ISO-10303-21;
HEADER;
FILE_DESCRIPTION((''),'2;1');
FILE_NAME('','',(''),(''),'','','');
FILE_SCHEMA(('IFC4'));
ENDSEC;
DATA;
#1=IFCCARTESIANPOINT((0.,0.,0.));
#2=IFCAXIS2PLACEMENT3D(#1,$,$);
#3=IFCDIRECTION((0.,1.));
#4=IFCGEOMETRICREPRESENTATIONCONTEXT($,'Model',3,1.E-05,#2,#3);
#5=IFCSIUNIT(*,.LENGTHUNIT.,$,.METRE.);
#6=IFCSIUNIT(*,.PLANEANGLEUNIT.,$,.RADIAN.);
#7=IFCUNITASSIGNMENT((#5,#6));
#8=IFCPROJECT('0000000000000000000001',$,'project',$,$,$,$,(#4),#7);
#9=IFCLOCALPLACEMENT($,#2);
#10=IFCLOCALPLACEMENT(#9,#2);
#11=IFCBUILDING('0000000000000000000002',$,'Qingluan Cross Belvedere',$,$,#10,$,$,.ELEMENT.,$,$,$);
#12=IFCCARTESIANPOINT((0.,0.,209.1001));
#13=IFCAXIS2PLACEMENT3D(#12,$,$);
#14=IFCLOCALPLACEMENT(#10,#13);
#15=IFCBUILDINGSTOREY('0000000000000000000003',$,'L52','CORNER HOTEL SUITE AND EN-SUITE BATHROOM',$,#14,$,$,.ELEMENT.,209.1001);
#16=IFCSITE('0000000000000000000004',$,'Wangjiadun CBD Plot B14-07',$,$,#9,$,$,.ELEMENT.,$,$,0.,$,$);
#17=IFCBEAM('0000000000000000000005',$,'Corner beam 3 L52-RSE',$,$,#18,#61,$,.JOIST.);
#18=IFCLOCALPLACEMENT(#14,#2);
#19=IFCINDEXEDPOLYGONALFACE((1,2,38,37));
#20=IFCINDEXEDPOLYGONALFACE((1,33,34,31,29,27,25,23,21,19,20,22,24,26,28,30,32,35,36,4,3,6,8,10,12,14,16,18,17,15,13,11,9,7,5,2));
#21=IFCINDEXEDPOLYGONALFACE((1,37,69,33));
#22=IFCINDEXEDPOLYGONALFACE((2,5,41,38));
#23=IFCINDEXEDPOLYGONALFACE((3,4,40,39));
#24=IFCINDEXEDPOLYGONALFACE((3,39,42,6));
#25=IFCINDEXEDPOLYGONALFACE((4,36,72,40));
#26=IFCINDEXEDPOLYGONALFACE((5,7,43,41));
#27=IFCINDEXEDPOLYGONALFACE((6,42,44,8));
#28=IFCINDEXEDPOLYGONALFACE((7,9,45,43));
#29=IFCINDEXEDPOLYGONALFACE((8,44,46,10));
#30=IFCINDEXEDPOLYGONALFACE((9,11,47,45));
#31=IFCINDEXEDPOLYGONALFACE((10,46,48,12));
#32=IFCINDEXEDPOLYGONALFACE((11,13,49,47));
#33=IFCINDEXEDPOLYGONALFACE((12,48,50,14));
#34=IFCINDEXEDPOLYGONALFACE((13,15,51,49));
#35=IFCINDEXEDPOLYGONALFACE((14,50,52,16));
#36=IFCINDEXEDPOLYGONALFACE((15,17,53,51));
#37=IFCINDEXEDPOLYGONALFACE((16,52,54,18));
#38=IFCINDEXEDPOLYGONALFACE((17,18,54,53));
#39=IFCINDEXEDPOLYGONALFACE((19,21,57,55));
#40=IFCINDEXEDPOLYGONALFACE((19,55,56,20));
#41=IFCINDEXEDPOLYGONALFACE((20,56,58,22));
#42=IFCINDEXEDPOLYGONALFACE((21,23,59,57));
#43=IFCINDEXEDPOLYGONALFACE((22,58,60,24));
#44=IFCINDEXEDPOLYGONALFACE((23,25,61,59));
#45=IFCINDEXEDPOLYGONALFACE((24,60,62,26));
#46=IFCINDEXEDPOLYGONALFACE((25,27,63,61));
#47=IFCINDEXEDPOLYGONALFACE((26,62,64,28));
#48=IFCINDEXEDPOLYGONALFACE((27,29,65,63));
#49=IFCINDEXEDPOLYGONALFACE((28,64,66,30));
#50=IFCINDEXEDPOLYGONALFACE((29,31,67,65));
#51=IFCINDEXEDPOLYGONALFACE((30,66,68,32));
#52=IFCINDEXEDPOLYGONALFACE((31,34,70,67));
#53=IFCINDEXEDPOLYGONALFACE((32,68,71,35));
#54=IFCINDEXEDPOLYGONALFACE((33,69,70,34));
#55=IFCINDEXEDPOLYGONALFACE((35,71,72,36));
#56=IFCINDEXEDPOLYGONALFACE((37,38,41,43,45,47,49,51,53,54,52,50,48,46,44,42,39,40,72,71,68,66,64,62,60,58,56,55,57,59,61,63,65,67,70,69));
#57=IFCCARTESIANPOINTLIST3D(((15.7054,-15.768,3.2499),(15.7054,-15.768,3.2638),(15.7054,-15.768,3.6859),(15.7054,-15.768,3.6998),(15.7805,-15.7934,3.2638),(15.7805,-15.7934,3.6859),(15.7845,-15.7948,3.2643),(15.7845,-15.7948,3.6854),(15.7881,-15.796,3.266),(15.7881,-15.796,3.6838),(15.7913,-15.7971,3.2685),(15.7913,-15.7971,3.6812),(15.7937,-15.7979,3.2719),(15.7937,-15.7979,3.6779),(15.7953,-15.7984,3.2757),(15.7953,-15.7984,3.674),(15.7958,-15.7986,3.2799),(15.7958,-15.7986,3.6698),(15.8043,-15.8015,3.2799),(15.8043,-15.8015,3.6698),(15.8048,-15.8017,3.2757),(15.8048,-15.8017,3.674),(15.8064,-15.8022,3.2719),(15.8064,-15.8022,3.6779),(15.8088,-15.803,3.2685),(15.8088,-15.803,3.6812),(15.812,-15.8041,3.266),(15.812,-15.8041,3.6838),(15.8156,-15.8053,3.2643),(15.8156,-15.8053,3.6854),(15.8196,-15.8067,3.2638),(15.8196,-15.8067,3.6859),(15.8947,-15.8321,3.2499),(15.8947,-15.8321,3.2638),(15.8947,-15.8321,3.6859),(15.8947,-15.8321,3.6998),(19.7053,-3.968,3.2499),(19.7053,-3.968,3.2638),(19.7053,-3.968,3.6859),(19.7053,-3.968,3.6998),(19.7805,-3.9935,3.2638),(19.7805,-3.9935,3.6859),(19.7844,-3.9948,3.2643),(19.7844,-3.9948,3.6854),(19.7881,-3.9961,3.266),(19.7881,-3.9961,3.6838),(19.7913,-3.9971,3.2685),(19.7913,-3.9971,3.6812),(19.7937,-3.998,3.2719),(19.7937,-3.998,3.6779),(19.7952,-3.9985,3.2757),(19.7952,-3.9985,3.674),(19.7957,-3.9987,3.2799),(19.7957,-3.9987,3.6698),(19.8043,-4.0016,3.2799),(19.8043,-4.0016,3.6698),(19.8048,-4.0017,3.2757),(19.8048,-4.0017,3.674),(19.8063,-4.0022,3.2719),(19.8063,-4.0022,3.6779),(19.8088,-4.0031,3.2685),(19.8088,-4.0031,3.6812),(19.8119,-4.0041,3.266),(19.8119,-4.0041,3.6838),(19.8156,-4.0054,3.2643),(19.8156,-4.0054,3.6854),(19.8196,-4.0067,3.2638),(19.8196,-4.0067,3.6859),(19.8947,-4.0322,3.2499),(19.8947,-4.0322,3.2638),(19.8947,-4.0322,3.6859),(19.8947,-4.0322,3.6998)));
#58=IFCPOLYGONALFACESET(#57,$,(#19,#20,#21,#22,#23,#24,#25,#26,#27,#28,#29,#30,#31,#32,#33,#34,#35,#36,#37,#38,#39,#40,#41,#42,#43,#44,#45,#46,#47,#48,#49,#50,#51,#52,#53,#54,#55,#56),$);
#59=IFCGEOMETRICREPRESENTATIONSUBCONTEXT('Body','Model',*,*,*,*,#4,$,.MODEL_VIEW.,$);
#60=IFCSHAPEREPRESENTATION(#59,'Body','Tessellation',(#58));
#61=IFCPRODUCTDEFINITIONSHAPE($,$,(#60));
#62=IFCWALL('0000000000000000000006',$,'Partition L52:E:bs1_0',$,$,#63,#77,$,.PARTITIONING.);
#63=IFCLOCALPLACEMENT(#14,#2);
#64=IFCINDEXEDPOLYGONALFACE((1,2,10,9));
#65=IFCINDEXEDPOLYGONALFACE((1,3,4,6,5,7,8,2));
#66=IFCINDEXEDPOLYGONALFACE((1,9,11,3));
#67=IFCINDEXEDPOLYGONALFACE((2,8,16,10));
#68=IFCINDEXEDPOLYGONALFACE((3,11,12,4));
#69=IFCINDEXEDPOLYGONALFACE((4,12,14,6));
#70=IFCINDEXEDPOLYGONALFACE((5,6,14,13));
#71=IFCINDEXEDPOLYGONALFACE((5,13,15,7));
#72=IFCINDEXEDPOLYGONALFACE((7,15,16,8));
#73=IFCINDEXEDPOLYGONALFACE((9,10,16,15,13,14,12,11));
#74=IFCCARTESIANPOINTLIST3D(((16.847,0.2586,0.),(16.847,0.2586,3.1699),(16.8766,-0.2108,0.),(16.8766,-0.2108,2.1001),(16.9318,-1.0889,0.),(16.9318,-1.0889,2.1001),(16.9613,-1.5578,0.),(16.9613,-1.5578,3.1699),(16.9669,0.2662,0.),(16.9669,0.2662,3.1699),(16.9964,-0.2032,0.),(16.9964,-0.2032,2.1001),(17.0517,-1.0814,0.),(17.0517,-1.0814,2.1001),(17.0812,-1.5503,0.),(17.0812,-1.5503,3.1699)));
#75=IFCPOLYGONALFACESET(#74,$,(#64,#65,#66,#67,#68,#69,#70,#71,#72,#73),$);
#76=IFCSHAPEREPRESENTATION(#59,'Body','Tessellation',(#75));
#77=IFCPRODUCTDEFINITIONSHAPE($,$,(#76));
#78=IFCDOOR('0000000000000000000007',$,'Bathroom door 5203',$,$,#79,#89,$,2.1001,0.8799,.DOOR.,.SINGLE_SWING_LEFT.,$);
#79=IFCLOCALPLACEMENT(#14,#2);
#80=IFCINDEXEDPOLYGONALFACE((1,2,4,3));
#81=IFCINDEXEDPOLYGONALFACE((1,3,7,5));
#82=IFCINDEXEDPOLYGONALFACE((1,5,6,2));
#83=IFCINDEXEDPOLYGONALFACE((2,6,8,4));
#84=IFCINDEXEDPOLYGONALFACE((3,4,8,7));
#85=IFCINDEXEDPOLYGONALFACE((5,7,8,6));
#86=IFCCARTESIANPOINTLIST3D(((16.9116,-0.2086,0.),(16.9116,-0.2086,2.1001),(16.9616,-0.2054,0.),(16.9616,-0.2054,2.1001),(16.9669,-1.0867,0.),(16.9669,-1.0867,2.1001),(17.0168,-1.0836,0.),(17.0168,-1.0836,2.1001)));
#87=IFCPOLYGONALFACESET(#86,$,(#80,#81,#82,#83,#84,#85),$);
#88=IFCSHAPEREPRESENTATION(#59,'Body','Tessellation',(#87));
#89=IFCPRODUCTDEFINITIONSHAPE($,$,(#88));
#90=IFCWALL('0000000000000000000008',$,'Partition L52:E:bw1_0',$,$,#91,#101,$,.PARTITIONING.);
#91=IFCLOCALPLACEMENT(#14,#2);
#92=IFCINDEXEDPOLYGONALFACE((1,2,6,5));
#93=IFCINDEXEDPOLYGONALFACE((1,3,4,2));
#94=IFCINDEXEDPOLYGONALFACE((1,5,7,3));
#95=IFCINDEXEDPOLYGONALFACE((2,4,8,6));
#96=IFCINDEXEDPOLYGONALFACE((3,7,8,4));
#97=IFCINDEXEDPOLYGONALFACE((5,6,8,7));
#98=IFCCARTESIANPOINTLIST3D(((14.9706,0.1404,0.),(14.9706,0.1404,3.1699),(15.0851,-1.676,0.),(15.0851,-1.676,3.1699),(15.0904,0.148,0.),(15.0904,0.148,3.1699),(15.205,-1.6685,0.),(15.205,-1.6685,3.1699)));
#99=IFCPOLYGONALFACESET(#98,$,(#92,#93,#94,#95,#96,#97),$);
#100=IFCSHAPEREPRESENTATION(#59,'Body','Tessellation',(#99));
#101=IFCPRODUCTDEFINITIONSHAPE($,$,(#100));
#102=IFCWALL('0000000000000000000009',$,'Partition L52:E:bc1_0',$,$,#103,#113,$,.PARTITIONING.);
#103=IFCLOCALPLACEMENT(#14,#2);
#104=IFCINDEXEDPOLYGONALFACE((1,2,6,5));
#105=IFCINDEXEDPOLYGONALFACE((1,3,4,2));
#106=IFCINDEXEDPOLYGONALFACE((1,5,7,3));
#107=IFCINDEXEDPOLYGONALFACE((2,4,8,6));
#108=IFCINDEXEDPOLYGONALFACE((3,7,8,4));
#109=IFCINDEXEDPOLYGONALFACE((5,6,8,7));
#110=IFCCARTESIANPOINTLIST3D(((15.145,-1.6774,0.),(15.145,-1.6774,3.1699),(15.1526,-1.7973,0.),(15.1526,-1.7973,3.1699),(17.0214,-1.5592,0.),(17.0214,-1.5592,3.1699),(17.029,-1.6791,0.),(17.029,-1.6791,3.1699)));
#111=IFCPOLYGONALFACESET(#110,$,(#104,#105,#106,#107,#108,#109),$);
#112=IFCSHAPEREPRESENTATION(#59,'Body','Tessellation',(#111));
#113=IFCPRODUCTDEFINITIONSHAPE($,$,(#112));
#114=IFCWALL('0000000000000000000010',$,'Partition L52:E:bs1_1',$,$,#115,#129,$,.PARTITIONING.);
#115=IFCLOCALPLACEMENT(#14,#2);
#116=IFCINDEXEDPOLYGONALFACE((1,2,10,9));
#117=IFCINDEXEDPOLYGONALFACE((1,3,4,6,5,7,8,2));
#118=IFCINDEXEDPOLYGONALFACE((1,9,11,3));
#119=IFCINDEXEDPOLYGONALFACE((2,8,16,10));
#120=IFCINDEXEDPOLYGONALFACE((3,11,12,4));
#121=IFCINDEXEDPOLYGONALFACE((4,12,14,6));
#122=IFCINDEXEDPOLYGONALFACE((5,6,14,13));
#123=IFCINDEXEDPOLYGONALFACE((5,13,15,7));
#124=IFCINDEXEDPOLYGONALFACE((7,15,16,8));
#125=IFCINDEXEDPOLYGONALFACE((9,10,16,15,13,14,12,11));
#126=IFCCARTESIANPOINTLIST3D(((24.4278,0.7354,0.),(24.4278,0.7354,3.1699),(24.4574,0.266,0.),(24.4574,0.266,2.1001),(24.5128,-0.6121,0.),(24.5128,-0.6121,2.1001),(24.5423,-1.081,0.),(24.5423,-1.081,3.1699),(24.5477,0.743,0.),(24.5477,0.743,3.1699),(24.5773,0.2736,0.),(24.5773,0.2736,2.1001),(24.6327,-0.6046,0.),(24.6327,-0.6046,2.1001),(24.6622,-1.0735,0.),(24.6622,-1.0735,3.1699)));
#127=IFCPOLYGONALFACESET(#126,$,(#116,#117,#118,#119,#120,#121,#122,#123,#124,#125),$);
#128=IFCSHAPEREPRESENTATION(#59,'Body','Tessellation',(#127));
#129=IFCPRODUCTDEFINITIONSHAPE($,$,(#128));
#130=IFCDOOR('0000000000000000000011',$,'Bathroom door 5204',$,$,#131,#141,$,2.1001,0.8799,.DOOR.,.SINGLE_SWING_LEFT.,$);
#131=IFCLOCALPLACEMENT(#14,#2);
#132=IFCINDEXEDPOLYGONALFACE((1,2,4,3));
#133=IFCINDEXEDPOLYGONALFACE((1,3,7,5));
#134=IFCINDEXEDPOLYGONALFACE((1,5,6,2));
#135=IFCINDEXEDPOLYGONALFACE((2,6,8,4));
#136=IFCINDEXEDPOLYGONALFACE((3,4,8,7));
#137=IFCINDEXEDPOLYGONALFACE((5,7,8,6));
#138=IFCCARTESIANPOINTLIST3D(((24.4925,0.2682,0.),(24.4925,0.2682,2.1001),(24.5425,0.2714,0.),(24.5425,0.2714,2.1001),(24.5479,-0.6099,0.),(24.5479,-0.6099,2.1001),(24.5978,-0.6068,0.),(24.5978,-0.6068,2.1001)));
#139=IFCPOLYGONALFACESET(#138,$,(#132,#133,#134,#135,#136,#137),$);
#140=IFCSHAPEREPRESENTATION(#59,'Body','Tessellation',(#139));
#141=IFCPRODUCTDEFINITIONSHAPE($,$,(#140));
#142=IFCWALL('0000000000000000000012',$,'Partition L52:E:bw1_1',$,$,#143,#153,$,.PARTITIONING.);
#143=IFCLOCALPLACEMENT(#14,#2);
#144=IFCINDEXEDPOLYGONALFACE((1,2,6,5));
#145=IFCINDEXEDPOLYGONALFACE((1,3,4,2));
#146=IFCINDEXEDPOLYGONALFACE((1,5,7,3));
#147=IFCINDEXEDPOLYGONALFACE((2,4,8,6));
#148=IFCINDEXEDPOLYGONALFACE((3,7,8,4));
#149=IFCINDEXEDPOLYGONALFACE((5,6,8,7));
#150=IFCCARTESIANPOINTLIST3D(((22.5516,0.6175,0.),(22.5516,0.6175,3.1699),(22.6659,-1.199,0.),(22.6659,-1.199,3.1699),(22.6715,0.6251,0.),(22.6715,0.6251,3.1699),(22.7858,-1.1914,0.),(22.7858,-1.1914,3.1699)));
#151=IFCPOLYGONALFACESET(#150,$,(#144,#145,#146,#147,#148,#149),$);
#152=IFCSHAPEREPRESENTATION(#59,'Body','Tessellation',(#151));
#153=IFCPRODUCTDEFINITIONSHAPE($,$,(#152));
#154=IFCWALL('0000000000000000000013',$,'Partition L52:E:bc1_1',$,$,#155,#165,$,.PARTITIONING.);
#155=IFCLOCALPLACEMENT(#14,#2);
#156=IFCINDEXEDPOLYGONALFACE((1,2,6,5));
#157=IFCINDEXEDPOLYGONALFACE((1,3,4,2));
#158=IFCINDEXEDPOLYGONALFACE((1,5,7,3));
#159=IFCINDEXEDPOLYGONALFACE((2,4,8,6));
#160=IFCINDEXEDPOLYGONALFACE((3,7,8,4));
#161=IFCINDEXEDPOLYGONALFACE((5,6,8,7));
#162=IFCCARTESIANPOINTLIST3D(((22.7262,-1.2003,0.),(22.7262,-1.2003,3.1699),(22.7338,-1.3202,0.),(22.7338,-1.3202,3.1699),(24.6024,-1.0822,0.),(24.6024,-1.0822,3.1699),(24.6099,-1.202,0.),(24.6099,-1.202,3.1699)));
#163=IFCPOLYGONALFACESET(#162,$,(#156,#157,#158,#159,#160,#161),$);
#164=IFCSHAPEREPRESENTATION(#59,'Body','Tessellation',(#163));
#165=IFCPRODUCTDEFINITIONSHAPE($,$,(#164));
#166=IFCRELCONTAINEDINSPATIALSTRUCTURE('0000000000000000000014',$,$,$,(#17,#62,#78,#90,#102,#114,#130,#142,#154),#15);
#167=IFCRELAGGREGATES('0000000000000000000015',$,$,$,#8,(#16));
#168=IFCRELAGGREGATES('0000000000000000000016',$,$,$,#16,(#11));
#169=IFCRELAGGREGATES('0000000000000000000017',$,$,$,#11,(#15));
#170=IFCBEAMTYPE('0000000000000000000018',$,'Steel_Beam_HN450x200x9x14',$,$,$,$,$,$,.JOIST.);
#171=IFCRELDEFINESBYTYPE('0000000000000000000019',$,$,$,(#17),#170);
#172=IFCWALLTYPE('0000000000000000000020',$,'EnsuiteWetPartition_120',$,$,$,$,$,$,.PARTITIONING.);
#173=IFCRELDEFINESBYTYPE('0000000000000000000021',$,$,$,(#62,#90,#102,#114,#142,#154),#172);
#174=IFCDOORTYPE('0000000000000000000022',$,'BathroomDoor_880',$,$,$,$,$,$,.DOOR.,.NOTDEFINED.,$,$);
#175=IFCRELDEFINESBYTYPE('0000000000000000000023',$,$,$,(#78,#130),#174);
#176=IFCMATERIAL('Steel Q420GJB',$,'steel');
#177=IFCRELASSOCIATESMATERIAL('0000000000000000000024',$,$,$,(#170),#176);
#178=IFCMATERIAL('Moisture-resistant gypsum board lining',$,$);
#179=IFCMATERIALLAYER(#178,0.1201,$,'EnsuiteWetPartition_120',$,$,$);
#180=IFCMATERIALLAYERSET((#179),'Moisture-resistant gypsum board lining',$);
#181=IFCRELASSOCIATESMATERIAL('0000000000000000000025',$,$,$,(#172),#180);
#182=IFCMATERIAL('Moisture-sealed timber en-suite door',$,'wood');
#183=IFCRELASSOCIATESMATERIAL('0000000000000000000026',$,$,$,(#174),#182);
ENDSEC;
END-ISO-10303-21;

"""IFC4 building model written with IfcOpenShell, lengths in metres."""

from ifc_helpers import new_model, si_unit, direction, frame, frame_2d, origin, origin_2d, place, context, subcontext, project, spatial, rectangle, i_section, extrude, material, layer, layer_set, material_profile, profile_set, type_object, element, fill, save


model = new_model("IFC4")

# Units and contexts
model_context = context("Model", 3, precision=1e-05, world=origin(), true_north=direction((0.0, 1.0)))
body_context = subcontext(model_context, "Body", "Model", "MODEL_VIEW")
ifc_project = project(units=[si_unit("LENGTHUNIT", "METRE"), si_unit("PLANEANGLEUNIT", "RADIAN")], contexts=[model_context])

# Site, building, storey
site_placement = place(None, origin())
site = spatial("IfcSite", under=ifc_project, at=site_placement, Name="Wangjiadun CBD Plot B14-07", CompositionType="ELEMENT", RefElevation=0.0)
building_placement = place(site_placement, origin())
building = spatial("IfcBuilding", under=site, at=building_placement, Name="Qingluan Cross Belvedere", CompositionType="ELEMENT")
storey_placement = place(building_placement, frame((0.0, 0.0, 209.1001)))
storey = spatial("IfcBuildingStorey", under=building, at=storey_placement, Name="L52", Description="CORNER HOTEL SUITE AND EN-SUITE BATHROOM", CompositionType="ELEMENT", Elevation=209.1001)

# Beam
ifc_material_1 = material(Name="Steel Q420GJB", Category="steel")
ifc_material_profile_1 = material_profile(ifc_material_1, i_section(OverallWidth=0.2, OverallDepth=0.45, WebThickness=0.009, FlangeThickness=0.0139, FilletRadius=0.0161, at=origin_2d()), Name="HN450x200x9x14")
ifc_profile_set_1 = profile_set([ifc_material_profile_1], Name="Steel Q420GJB")
beam_type_1 = type_object("IfcBeamType", Name="Steel_Beam_HN450x200x9x14", PredefinedType="JOIST", material=ifc_profile_set_1)
for number, where, z_axis, x_axis, name in (
    (1, (15.8, -15.8, 3.4749), (0.321038, 0.947066, 0.0), (-0.947066, 0.321038, 0.0), "Corner beam 3 L52-RSE"),
):
    element("IfcBeam", number, at=place(storey_placement, frame(where, z_axis=z_axis, x_axis=x_axis)), inside=storey, type_object=beam_type_1, Name=name, PredefinedType="JOIST", context=body_context, shape_type="SweptSolid", body=[
        extrude(i_section(OverallWidth=0.2, OverallDepth=0.45, WebThickness=0.009, FlangeThickness=0.0139, FilletRadius=0.0161, at=origin_2d()), origin(), (0.0, 0.0, 1.0), 12.4595),
    ])

# Wall, opening, door
ifc_material_2 = material(Name="Moisture-resistant gypsum board lining")
ifc_layer_1 = layer(ifc_material_2, 0.1201, Name="EnsuiteWetPartition_120")
ifc_layer_set_1 = layer_set([ifc_layer_1], Name="Moisture-resistant gypsum board lining")
wall_type_1 = type_object("IfcWallType", Name="EnsuiteWetPartition_120", PredefinedType="PARTITIONING", material=ifc_layer_set_1)
wall_1_placement = place(storey_placement, frame((17.0212, -1.5542, 0.0), z_axis=(0.0, 0.0, 1.0), x_axis=(-0.062779, 0.998027, 0.0)))
wall_1 = element("IfcWall", 2, at=wall_1_placement, inside=storey, type_object=wall_type_1, Name="Partition L52:E:bs1_0", PredefinedType="PARTITIONING", context=body_context, shape_type="SweptSolid", body=[
    extrude(rectangle(XDim=1.8201, YDim=0.1201, at=frame_2d((0.9102, 0.0))), origin(), (0.0, 0.0, 1.0), 3.1699),
])
opening_1_placement = place(wall_1_placement, frame((0.47, 0.0, 0.0)))
opening_1 = element("IfcOpeningElement", 3, at=opening_1_placement, cuts=wall_1, PredefinedType="OPENING", context=body_context, shape_type="SweptSolid", body=[
    extrude(rectangle(XDim=0.8799, YDim=2.1001, at=frame_2d((0.4399, 1.05))), frame((0.0, 0.0701, 0.0), z_axis=(0.0, -1.0, 0.0), x_axis=(1.0, 0.0, 0.0)), (0.0, 0.0, 1.0), 0.1401),
])
ifc_material_3 = material(Name="Moisture-sealed timber en-suite door", Category="wood")
door_type = type_object("IfcDoorType", Name="BathroomDoor_880", OperationType="NOTDEFINED", PredefinedType="DOOR", material=ifc_material_3)
door_1_placement = place(opening_1_placement, origin())
door_1 = element("IfcDoor", 4, at=door_1_placement, inside=storey, type_object=door_type, Name="Bathroom door 5203", OperationType="SINGLE_SWING_LEFT", OverallHeight=2.1001, OverallWidth=0.8799, PredefinedType="DOOR", context=body_context, shape_type="SweptSolid", body=[
    extrude(rectangle(XDim=0.8799, YDim=2.1001, at=frame_2d((0.4399, 1.05))), frame((0.0, 0.0249, 0.0), z_axis=(0.0, -1.0, 0.0), x_axis=(1.0, 0.0, 0.0)), (0.0, 0.0, 1.0), 0.05),
])
fill(opening_1, door_1)

# Walls
wall_2_placement = place(storey_placement, frame((15.145, -1.6724, 0.0), z_axis=(0.0, 0.0, 1.0), x_axis=(-0.062913, 0.998019, 0.0)))
element("IfcWall", 5, at=wall_2_placement, inside=storey, type_object=wall_type_1, Name="Partition L52:E:bw1_0", PredefinedType="PARTITIONING", context=body_context, shape_type="SweptSolid", body=[
    extrude(rectangle(XDim=1.8201, YDim=0.1201, at=frame_2d((0.9102, 0.0))), origin(), (0.0, 0.0, 1.0), 3.1699),
])
wall_3_placement = place(storey_placement, frame((15.1489, -1.7373, 0.0), z_axis=(0.0, 0.0, 1.0), x_axis=(0.998023, 0.062847, 0.0)))
element("IfcWall", 6, at=wall_3_placement, inside=storey, type_object=wall_type_1, Name="Partition L52:E:bc1_0", PredefinedType="PARTITIONING", context=body_context, shape_type="SweptSolid", body=[
    extrude(rectangle(XDim=1.8801, YDim=0.1201, at=frame_2d((0.9399, 0.0))), origin(), (0.0, 0.0, 1.0), 3.1699),
])

# Wall, opening, door
wall_4_placement = place(storey_placement, frame((24.6023, -1.0774, 0.0), z_axis=(0.0, 0.0, 1.0), x_axis=(-0.062913, 0.998019, 0.0)))
wall_4 = element("IfcWall", 7, at=wall_4_placement, inside=storey, type_object=wall_type_1, Name="Partition L52:E:bs1_1", PredefinedType="PARTITIONING", context=body_context, shape_type="SweptSolid", body=[
    extrude(rectangle(XDim=1.8201, YDim=0.1201, at=frame_2d((0.9102, 0.0))), origin(), (0.0, 0.0, 1.0), 3.1699),
])
opening_2_placement = place(wall_4_placement, frame((0.47, 0.0, 0.0)))
opening_2 = element("IfcOpeningElement", 8, at=opening_2_placement, cuts=wall_4, PredefinedType="OPENING", context=body_context, shape_type="SweptSolid", body=[
    extrude(rectangle(XDim=0.8799, YDim=2.1001, at=frame_2d((0.4399, 1.05))), frame((0.0, 0.0701, 0.0), z_axis=(0.0, -1.0, 0.0), x_axis=(1.0, 0.0, 0.0)), (0.0, 0.0, 1.0), 0.1401),
])
door_2_placement = place(opening_2_placement, origin())
door_2 = element("IfcDoor", 9, at=door_2_placement, inside=storey, type_object=door_type, Name="Bathroom door 5204", OperationType="SINGLE_SWING_LEFT", OverallHeight=2.1001, OverallWidth=0.8799, PredefinedType="DOOR", context=body_context, shape_type="SweptSolid", body=[
    extrude(rectangle(XDim=0.8799, YDim=2.1001, at=frame_2d((0.4399, 1.05))), frame((0.0, 0.0249, 0.0), z_axis=(0.0, -1.0, 0.0), x_axis=(1.0, 0.0, 0.0)), (0.0, 0.0, 1.0), 0.05),
])
fill(opening_2, door_2)

# Walls
wall_5_placement = place(storey_placement, frame((22.7258, -1.1953, 0.0), z_axis=(0.0, 0.0, 1.0), x_axis=(-0.062779, 0.998027, 0.0)))
element("IfcWall", 10, at=wall_5_placement, inside=storey, type_object=wall_type_1, Name="Partition L52:E:bw1_1", PredefinedType="PARTITIONING", context=body_context, shape_type="SweptSolid", body=[
    extrude(rectangle(XDim=1.8201, YDim=0.1201, at=frame_2d((0.9102, 0.0))), origin(), (0.0, 0.0, 1.0), 3.1699),
])
wall_6_placement = place(storey_placement, frame((22.73, -1.2603, 0.0), z_axis=(0.0, 0.0, 1.0), x_axis=(0.998023, 0.062855, 0.0)))
element("IfcWall", 11, at=wall_6_placement, inside=storey, type_object=wall_type_1, Name="Partition L52:E:bc1_1", PredefinedType="PARTITIONING", context=body_context, shape_type="SweptSolid", body=[
    extrude(rectangle(XDim=1.8799, YDim=0.1201, at=frame_2d((0.9399, 0.0))), origin(), (0.0, 0.0, 1.0), 3.1699),
])

save(model, "model.ifc")
